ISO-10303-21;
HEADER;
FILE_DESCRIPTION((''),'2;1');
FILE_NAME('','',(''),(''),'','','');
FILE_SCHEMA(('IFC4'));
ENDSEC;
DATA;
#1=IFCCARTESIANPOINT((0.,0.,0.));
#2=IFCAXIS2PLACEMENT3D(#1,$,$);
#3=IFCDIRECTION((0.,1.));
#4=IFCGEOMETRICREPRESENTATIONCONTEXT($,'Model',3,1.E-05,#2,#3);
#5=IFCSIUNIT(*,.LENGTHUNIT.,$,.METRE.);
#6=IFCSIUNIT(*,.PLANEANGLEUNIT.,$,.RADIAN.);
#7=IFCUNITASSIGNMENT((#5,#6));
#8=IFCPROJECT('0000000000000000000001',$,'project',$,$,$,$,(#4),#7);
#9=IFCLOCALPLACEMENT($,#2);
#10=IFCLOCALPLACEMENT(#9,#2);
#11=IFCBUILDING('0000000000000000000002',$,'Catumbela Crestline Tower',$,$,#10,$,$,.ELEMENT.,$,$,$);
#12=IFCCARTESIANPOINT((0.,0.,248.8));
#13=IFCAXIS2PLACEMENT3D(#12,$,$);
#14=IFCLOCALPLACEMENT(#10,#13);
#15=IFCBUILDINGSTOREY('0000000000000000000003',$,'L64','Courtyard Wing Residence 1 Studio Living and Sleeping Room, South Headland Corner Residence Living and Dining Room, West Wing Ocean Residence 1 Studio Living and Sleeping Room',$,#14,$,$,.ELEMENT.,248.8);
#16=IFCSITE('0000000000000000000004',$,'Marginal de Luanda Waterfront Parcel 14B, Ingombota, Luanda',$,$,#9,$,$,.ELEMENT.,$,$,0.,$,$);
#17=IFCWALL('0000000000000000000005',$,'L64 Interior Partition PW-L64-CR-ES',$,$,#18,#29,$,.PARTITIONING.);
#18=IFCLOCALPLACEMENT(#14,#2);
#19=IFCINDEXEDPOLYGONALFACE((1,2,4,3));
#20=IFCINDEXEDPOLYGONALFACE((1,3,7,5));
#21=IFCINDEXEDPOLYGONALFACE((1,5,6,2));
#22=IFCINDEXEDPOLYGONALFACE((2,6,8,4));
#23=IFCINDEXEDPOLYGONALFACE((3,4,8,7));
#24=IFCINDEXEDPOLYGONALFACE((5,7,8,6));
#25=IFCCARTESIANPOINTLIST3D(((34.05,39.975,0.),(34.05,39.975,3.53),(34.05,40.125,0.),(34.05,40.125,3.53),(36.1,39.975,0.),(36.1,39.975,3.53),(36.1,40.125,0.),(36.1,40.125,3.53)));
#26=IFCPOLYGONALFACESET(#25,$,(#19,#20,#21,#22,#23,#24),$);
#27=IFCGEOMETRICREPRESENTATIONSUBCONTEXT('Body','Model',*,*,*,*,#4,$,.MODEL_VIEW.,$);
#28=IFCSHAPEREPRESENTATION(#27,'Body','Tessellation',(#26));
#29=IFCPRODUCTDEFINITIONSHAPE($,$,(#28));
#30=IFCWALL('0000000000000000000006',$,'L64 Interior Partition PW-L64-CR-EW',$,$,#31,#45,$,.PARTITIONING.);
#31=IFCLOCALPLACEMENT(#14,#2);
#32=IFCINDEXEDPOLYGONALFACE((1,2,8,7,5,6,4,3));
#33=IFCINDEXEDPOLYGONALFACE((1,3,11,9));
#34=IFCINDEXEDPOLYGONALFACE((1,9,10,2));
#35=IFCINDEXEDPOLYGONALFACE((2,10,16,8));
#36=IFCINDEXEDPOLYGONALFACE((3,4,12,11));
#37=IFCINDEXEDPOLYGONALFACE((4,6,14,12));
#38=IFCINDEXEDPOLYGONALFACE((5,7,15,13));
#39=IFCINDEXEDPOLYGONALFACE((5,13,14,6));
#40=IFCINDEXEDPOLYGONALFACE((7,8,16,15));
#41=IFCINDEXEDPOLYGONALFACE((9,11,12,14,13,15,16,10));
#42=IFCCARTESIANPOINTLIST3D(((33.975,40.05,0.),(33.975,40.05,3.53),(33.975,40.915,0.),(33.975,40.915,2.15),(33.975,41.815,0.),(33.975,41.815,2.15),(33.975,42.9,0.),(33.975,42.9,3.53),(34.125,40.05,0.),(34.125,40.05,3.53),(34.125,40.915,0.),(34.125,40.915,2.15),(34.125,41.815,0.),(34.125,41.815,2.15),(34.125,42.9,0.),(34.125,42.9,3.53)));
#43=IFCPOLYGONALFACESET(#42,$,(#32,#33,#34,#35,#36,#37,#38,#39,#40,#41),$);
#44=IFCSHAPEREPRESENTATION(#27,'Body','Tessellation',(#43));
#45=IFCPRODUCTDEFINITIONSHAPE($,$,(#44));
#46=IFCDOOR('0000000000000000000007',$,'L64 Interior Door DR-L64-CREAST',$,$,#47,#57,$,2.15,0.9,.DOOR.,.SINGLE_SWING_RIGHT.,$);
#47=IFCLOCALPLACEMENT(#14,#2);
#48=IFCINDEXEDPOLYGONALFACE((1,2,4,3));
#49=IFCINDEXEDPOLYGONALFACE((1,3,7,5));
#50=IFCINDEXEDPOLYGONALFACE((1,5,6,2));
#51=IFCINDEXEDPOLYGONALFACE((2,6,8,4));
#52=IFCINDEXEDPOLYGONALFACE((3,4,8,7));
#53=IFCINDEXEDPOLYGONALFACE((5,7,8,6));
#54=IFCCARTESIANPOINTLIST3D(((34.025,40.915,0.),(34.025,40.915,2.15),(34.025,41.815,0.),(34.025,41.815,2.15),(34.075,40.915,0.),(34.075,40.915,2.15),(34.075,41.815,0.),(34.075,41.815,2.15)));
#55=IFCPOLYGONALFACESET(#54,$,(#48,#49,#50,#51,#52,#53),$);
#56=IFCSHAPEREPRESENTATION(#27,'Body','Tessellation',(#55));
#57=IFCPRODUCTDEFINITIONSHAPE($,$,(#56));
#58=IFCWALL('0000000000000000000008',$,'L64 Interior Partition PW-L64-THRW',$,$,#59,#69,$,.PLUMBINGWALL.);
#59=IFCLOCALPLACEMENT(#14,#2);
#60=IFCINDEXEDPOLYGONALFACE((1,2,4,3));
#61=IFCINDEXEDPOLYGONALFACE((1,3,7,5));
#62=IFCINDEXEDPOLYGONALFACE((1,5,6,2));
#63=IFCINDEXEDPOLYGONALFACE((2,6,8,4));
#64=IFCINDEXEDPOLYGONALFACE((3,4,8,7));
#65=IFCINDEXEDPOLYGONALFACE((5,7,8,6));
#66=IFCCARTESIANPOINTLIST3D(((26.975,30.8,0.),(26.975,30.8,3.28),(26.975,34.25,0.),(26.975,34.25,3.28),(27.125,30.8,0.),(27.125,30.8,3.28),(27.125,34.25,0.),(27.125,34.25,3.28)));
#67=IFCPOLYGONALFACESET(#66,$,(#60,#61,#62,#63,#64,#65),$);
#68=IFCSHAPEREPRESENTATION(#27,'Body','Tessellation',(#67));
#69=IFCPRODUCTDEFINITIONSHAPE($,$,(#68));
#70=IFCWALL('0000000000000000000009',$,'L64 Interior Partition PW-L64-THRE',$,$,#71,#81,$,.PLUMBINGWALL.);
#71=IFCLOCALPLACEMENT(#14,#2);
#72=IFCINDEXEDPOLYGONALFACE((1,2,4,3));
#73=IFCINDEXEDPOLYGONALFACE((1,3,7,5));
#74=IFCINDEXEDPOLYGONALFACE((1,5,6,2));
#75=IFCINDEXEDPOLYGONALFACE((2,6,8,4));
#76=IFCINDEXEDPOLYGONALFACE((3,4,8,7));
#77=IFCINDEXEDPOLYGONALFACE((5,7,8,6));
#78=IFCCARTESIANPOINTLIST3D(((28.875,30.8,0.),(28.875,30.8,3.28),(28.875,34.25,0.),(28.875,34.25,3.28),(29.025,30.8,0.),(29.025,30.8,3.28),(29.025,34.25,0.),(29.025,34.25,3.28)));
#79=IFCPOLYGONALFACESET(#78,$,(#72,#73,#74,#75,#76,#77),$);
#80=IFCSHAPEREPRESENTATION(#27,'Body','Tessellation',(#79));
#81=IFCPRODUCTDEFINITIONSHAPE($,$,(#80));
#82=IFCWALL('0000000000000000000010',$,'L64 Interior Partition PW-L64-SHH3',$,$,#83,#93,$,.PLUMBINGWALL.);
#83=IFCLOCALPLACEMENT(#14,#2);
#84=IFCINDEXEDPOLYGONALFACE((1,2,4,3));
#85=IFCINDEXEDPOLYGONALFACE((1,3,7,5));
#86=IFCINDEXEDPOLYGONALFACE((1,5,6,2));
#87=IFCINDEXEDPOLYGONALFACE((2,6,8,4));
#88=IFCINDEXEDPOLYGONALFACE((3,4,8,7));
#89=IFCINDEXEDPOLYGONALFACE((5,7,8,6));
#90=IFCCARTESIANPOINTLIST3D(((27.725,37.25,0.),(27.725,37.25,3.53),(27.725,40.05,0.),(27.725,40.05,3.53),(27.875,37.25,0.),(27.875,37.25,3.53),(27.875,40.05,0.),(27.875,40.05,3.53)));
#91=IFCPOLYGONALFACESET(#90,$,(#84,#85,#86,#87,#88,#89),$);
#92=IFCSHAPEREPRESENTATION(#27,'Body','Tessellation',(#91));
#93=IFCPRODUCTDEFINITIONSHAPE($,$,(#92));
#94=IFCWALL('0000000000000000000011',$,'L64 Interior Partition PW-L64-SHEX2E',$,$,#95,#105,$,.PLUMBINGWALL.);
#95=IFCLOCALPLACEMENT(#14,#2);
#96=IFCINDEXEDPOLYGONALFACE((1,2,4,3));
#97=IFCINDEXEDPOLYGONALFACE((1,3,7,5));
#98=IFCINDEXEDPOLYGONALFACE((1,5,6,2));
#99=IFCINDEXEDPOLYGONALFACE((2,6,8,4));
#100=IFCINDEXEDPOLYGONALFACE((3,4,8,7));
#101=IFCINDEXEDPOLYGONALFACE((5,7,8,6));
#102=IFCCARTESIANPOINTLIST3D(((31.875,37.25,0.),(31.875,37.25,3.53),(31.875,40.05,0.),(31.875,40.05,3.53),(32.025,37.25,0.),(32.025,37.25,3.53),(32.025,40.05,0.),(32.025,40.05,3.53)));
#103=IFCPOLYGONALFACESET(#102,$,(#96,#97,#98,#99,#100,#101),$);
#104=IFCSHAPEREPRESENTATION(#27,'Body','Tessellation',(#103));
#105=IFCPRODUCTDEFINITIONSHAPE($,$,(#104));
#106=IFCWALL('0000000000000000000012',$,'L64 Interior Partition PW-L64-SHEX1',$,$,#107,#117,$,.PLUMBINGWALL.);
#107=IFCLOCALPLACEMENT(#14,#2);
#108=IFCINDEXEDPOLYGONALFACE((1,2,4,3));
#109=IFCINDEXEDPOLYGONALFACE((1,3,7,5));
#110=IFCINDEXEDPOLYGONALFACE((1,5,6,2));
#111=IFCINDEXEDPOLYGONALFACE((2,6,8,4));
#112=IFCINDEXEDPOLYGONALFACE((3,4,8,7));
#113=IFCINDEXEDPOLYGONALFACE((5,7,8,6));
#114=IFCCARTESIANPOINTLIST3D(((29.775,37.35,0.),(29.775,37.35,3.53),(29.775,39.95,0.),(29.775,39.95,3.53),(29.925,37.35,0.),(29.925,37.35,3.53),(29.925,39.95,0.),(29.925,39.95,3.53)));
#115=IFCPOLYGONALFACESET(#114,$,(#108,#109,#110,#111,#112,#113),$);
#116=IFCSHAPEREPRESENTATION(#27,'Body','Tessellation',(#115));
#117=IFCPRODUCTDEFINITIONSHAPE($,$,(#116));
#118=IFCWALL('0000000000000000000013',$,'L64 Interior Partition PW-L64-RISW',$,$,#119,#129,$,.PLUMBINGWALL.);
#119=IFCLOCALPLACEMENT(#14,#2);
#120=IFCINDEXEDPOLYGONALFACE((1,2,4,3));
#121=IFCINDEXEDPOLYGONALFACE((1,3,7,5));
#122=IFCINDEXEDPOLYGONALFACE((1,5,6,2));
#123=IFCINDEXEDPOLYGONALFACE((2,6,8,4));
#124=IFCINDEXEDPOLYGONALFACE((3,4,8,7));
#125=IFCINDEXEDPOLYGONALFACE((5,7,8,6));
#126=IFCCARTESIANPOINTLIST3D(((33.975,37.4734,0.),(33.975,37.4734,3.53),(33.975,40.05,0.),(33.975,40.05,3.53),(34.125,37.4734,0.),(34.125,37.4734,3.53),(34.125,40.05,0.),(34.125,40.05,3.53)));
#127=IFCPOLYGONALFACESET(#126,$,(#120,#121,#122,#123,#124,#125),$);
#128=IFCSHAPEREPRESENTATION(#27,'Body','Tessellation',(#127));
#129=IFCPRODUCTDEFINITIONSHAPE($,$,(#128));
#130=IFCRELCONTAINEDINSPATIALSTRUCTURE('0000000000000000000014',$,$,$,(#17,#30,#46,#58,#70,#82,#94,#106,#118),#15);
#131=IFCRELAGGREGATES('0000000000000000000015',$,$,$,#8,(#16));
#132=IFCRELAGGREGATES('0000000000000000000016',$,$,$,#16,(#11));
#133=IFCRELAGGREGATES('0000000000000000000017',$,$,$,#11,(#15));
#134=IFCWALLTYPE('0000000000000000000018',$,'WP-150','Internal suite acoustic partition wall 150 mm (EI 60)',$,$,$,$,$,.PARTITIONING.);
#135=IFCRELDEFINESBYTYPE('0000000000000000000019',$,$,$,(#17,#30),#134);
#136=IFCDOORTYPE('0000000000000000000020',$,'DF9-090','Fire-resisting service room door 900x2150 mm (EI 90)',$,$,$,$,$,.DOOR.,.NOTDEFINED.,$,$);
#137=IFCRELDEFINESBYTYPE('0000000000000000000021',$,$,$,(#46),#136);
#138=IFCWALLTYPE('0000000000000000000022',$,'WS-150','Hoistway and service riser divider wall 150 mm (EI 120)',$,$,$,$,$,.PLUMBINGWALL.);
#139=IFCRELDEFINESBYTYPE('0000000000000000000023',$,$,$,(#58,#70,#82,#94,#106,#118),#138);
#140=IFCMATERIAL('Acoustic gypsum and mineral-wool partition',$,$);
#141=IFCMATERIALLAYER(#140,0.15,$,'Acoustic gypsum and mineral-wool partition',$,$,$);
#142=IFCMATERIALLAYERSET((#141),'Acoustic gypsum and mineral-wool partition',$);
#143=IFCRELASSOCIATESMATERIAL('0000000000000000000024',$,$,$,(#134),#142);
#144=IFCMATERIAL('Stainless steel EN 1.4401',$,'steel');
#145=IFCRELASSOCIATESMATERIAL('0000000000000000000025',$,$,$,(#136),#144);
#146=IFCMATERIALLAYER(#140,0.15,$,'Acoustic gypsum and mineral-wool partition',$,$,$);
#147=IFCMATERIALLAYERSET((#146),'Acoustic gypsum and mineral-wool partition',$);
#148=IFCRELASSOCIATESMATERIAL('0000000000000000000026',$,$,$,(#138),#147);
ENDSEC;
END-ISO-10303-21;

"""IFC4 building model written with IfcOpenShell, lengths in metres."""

from ifc_helpers import new_model, si_unit, direction, frame, frame_2d, origin, place, context, subcontext, project, spatial, rectangle, extrude, material, layer, layer_set, type_object, element, fill, save


model = new_model("IFC4")

# Units and contexts
model_context = context("Model", 3, precision=1e-05, world=origin(), true_north=direction((0.0, 1.0)))
body_context = subcontext(model_context, "Body", "Model", "MODEL_VIEW")
ifc_project = project(units=[si_unit("LENGTHUNIT", "METRE"), si_unit("PLANEANGLEUNIT", "RADIAN")], contexts=[model_context])

# Site, building, storey
site_placement = place(None, origin())
site = spatial("IfcSite", under=ifc_project, at=site_placement, Name="Marginal de Luanda Waterfront Parcel 14B, Ingombota, Luanda", CompositionType="ELEMENT", RefElevation=0.0)
building_placement = place(site_placement, origin())
building = spatial("IfcBuilding", under=site, at=building_placement, Name="Catumbela Crestline Tower", CompositionType="ELEMENT")
storey_placement = place(building_placement, frame((0.0, 0.0, 248.8)))
storey = spatial("IfcBuildingStorey", under=building, at=storey_placement, Name="L64", Description="Courtyard Wing Residence 1 Studio Living and Sleeping Room, South Headland Corner Residence Living and Dining Room, West Wing Ocean Residence 1 Studio Living and Sleeping Room", CompositionType="ELEMENT", Elevation=248.8)

# Shared definitions
ifc_material_1 = material(Name="Stainless steel EN 1.4401", Category="steel")

# Shared definitions
ifc_material_2 = material(Name="Acoustic gypsum and mineral-wool partition")

# Wall
ifc_layer_1 = layer(ifc_material_2, 0.15, Name="Acoustic gypsum and mineral-wool partition")
ifc_layer_set_1 = layer_set([ifc_layer_1], Name="Acoustic gypsum and mineral-wool partition")
wall_type_1 = type_object("IfcWallType", Name="WP-150", Description="Internal suite acoustic partition wall 150 mm (EI 60)", PredefinedType="PARTITIONING", material=ifc_layer_set_1)
wall_1_placement = place(storey_placement, frame((34.05, 40.05, 0.0), z_axis=(0.0, 0.0, 1.0), x_axis=(1.0, 0.0, 0.0)))
element("IfcWall", 1, at=wall_1_placement, inside=storey, type_object=wall_type_1, Name="L64 Interior Partition PW-L64-CR-ES", PredefinedType="PARTITIONING", context=body_context, shape_type="SweptSolid", body=[
    extrude(rectangle(XDim=2.05, YDim=0.15, at=frame_2d((1.025, 0.0))), origin(), (0.0, 0.0, 1.0), 3.53),
])

# Wall, opening, door
wall_2_placement = place(storey_placement, frame((34.05, 40.05, 0.0), z_axis=(0.0, 0.0, 1.0), x_axis=(0.0, 1.0, 0.0)))
wall_2 = element("IfcWall", 2, at=wall_2_placement, inside=storey, type_object=wall_type_1, Name="L64 Interior Partition PW-L64-CR-EW", PredefinedType="PARTITIONING", context=body_context, shape_type="SweptSolid", body=[
    extrude(rectangle(XDim=2.85, YDim=0.15, at=frame_2d((1.425, 0.0))), origin(), (0.0, 0.0, 1.0), 3.53),
])
opening_1_placement = place(wall_2_placement, frame((0.865, 0.0, 0.0)))
opening_1 = element("IfcOpeningElement", 3, at=opening_1_placement, cuts=wall_2, PredefinedType="OPENING", context=body_context, shape_type="SweptSolid", body=[
    extrude(rectangle(XDim=0.9, YDim=2.15, at=frame_2d((0.45, 1.075))), frame((0.0, 0.085, 0.0), z_axis=(0.0, -1.0, 0.0), x_axis=(1.0, 0.0, 0.0)), (0.0, 0.0, 1.0), 0.17),
])
door_type_1 = type_object("IfcDoorType", Name="DF9-090", Description="Fire-resisting service room door 900x2150 mm (EI 90)", OperationType="NOTDEFINED", PredefinedType="DOOR", material=ifc_material_1)
door_1_placement = place(opening_1_placement, origin())
door_1 = element("IfcDoor", 4, at=door_1_placement, inside=storey, type_object=door_type_1, Name="L64 Interior Door DR-L64-CREAST", OperationType="SINGLE_SWING_RIGHT", OverallHeight=2.15, OverallWidth=0.9, PredefinedType="DOOR", context=body_context, shape_type="SweptSolid", body=[
    extrude(rectangle(XDim=0.9, YDim=2.15, at=frame_2d((0.45, 1.075))), frame((0.0, 0.025, 0.0), z_axis=(0.0, -1.0, 0.0), x_axis=(1.0, 0.0, 0.0)), (0.0, 0.0, 1.0), 0.05),
])
fill(opening_1, door_1)

# Walls
ifc_layer_2 = layer(ifc_material_2, 0.15, Name="Acoustic gypsum and mineral-wool partition")
ifc_layer_set_2 = layer_set([ifc_layer_2], Name="Acoustic gypsum and mineral-wool partition")
wall_type_2 = type_object("IfcWallType", Name="WS-150", Description="Hoistway and service riser divider wall 150 mm (EI 120)", PredefinedType="PLUMBINGWALL", material=ifc_layer_set_2)
for number, where, z_axis, x_axis, name in (
    (5, (27.05, 30.8, 0.0), (0.0, 0.0, 1.0), (0.0, 1.0, 0.0), "L64 Interior Partition PW-L64-THRW"),
    (6, (28.95, 30.8, 0.0), (0.0, 0.0, 1.0), (0.0, 1.0, 0.0), "L64 Interior Partition PW-L64-THRE"),
):
    element("IfcWall", number, at=place(storey_placement, frame(where, z_axis=z_axis, x_axis=x_axis)), inside=storey, type_object=wall_type_2, Name=name, PredefinedType="PLUMBINGWALL", context=body_context, shape_type="SweptSolid", body=[
        extrude(rectangle(XDim=3.45, YDim=0.15, at=frame_2d((1.725, 0.0))), origin(), (0.0, 0.0, 1.0), 3.28),
    ])
for number, where, z_axis, x_axis, name in (
    (7, (27.8, 37.25, 0.0), (0.0, 0.0, 1.0), (0.0, 1.0, 0.0), "L64 Interior Partition PW-L64-SHH3"),
    (8, (31.95, 37.25, 0.0), (0.0, 0.0, 1.0), (0.0, 1.0, 0.0), "L64 Interior Partition PW-L64-SHEX2E"),
):
    element("IfcWall", number, at=place(storey_placement, frame(where, z_axis=z_axis, x_axis=x_axis)), inside=storey, type_object=wall_type_2, Name=name, PredefinedType="PLUMBINGWALL", context=body_context, shape_type="SweptSolid", body=[
        extrude(rectangle(XDim=2.8, YDim=0.15, at=frame_2d((1.4, 0.0))), origin(), (0.0, 0.0, 1.0), 3.53),
    ])
wall_3_placement = place(storey_placement, frame((29.85, 37.35, 0.0), z_axis=(0.0, 0.0, 1.0), x_axis=(0.0, 1.0, 0.0)))
element("IfcWall", 9, at=wall_3_placement, inside=storey, type_object=wall_type_2, Name="L64 Interior Partition PW-L64-SHEX1", PredefinedType="PLUMBINGWALL", context=body_context, shape_type="SweptSolid", body=[
    extrude(rectangle(XDim=2.6, YDim=0.15, at=frame_2d((1.3, 0.0))), origin(), (0.0, 0.0, 1.0), 3.53),
])
wall_4_placement = place(storey_placement, frame((34.05, 37.4734, 0.0), z_axis=(0.0, 0.0, 1.0), x_axis=(0.0, 1.0, 0.0)))
element("IfcWall", 10, at=wall_4_placement, inside=storey, type_object=wall_type_2, Name="L64 Interior Partition PW-L64-RISW", PredefinedType="PLUMBINGWALL", context=body_context, shape_type="SweptSolid", body=[
    extrude(rectangle(XDim=2.5766, YDim=0.15, at=frame_2d((1.2883, 0.0))), origin(), (0.0, 0.0, 1.0), 3.53),
])

save(model, "model.ifc")
